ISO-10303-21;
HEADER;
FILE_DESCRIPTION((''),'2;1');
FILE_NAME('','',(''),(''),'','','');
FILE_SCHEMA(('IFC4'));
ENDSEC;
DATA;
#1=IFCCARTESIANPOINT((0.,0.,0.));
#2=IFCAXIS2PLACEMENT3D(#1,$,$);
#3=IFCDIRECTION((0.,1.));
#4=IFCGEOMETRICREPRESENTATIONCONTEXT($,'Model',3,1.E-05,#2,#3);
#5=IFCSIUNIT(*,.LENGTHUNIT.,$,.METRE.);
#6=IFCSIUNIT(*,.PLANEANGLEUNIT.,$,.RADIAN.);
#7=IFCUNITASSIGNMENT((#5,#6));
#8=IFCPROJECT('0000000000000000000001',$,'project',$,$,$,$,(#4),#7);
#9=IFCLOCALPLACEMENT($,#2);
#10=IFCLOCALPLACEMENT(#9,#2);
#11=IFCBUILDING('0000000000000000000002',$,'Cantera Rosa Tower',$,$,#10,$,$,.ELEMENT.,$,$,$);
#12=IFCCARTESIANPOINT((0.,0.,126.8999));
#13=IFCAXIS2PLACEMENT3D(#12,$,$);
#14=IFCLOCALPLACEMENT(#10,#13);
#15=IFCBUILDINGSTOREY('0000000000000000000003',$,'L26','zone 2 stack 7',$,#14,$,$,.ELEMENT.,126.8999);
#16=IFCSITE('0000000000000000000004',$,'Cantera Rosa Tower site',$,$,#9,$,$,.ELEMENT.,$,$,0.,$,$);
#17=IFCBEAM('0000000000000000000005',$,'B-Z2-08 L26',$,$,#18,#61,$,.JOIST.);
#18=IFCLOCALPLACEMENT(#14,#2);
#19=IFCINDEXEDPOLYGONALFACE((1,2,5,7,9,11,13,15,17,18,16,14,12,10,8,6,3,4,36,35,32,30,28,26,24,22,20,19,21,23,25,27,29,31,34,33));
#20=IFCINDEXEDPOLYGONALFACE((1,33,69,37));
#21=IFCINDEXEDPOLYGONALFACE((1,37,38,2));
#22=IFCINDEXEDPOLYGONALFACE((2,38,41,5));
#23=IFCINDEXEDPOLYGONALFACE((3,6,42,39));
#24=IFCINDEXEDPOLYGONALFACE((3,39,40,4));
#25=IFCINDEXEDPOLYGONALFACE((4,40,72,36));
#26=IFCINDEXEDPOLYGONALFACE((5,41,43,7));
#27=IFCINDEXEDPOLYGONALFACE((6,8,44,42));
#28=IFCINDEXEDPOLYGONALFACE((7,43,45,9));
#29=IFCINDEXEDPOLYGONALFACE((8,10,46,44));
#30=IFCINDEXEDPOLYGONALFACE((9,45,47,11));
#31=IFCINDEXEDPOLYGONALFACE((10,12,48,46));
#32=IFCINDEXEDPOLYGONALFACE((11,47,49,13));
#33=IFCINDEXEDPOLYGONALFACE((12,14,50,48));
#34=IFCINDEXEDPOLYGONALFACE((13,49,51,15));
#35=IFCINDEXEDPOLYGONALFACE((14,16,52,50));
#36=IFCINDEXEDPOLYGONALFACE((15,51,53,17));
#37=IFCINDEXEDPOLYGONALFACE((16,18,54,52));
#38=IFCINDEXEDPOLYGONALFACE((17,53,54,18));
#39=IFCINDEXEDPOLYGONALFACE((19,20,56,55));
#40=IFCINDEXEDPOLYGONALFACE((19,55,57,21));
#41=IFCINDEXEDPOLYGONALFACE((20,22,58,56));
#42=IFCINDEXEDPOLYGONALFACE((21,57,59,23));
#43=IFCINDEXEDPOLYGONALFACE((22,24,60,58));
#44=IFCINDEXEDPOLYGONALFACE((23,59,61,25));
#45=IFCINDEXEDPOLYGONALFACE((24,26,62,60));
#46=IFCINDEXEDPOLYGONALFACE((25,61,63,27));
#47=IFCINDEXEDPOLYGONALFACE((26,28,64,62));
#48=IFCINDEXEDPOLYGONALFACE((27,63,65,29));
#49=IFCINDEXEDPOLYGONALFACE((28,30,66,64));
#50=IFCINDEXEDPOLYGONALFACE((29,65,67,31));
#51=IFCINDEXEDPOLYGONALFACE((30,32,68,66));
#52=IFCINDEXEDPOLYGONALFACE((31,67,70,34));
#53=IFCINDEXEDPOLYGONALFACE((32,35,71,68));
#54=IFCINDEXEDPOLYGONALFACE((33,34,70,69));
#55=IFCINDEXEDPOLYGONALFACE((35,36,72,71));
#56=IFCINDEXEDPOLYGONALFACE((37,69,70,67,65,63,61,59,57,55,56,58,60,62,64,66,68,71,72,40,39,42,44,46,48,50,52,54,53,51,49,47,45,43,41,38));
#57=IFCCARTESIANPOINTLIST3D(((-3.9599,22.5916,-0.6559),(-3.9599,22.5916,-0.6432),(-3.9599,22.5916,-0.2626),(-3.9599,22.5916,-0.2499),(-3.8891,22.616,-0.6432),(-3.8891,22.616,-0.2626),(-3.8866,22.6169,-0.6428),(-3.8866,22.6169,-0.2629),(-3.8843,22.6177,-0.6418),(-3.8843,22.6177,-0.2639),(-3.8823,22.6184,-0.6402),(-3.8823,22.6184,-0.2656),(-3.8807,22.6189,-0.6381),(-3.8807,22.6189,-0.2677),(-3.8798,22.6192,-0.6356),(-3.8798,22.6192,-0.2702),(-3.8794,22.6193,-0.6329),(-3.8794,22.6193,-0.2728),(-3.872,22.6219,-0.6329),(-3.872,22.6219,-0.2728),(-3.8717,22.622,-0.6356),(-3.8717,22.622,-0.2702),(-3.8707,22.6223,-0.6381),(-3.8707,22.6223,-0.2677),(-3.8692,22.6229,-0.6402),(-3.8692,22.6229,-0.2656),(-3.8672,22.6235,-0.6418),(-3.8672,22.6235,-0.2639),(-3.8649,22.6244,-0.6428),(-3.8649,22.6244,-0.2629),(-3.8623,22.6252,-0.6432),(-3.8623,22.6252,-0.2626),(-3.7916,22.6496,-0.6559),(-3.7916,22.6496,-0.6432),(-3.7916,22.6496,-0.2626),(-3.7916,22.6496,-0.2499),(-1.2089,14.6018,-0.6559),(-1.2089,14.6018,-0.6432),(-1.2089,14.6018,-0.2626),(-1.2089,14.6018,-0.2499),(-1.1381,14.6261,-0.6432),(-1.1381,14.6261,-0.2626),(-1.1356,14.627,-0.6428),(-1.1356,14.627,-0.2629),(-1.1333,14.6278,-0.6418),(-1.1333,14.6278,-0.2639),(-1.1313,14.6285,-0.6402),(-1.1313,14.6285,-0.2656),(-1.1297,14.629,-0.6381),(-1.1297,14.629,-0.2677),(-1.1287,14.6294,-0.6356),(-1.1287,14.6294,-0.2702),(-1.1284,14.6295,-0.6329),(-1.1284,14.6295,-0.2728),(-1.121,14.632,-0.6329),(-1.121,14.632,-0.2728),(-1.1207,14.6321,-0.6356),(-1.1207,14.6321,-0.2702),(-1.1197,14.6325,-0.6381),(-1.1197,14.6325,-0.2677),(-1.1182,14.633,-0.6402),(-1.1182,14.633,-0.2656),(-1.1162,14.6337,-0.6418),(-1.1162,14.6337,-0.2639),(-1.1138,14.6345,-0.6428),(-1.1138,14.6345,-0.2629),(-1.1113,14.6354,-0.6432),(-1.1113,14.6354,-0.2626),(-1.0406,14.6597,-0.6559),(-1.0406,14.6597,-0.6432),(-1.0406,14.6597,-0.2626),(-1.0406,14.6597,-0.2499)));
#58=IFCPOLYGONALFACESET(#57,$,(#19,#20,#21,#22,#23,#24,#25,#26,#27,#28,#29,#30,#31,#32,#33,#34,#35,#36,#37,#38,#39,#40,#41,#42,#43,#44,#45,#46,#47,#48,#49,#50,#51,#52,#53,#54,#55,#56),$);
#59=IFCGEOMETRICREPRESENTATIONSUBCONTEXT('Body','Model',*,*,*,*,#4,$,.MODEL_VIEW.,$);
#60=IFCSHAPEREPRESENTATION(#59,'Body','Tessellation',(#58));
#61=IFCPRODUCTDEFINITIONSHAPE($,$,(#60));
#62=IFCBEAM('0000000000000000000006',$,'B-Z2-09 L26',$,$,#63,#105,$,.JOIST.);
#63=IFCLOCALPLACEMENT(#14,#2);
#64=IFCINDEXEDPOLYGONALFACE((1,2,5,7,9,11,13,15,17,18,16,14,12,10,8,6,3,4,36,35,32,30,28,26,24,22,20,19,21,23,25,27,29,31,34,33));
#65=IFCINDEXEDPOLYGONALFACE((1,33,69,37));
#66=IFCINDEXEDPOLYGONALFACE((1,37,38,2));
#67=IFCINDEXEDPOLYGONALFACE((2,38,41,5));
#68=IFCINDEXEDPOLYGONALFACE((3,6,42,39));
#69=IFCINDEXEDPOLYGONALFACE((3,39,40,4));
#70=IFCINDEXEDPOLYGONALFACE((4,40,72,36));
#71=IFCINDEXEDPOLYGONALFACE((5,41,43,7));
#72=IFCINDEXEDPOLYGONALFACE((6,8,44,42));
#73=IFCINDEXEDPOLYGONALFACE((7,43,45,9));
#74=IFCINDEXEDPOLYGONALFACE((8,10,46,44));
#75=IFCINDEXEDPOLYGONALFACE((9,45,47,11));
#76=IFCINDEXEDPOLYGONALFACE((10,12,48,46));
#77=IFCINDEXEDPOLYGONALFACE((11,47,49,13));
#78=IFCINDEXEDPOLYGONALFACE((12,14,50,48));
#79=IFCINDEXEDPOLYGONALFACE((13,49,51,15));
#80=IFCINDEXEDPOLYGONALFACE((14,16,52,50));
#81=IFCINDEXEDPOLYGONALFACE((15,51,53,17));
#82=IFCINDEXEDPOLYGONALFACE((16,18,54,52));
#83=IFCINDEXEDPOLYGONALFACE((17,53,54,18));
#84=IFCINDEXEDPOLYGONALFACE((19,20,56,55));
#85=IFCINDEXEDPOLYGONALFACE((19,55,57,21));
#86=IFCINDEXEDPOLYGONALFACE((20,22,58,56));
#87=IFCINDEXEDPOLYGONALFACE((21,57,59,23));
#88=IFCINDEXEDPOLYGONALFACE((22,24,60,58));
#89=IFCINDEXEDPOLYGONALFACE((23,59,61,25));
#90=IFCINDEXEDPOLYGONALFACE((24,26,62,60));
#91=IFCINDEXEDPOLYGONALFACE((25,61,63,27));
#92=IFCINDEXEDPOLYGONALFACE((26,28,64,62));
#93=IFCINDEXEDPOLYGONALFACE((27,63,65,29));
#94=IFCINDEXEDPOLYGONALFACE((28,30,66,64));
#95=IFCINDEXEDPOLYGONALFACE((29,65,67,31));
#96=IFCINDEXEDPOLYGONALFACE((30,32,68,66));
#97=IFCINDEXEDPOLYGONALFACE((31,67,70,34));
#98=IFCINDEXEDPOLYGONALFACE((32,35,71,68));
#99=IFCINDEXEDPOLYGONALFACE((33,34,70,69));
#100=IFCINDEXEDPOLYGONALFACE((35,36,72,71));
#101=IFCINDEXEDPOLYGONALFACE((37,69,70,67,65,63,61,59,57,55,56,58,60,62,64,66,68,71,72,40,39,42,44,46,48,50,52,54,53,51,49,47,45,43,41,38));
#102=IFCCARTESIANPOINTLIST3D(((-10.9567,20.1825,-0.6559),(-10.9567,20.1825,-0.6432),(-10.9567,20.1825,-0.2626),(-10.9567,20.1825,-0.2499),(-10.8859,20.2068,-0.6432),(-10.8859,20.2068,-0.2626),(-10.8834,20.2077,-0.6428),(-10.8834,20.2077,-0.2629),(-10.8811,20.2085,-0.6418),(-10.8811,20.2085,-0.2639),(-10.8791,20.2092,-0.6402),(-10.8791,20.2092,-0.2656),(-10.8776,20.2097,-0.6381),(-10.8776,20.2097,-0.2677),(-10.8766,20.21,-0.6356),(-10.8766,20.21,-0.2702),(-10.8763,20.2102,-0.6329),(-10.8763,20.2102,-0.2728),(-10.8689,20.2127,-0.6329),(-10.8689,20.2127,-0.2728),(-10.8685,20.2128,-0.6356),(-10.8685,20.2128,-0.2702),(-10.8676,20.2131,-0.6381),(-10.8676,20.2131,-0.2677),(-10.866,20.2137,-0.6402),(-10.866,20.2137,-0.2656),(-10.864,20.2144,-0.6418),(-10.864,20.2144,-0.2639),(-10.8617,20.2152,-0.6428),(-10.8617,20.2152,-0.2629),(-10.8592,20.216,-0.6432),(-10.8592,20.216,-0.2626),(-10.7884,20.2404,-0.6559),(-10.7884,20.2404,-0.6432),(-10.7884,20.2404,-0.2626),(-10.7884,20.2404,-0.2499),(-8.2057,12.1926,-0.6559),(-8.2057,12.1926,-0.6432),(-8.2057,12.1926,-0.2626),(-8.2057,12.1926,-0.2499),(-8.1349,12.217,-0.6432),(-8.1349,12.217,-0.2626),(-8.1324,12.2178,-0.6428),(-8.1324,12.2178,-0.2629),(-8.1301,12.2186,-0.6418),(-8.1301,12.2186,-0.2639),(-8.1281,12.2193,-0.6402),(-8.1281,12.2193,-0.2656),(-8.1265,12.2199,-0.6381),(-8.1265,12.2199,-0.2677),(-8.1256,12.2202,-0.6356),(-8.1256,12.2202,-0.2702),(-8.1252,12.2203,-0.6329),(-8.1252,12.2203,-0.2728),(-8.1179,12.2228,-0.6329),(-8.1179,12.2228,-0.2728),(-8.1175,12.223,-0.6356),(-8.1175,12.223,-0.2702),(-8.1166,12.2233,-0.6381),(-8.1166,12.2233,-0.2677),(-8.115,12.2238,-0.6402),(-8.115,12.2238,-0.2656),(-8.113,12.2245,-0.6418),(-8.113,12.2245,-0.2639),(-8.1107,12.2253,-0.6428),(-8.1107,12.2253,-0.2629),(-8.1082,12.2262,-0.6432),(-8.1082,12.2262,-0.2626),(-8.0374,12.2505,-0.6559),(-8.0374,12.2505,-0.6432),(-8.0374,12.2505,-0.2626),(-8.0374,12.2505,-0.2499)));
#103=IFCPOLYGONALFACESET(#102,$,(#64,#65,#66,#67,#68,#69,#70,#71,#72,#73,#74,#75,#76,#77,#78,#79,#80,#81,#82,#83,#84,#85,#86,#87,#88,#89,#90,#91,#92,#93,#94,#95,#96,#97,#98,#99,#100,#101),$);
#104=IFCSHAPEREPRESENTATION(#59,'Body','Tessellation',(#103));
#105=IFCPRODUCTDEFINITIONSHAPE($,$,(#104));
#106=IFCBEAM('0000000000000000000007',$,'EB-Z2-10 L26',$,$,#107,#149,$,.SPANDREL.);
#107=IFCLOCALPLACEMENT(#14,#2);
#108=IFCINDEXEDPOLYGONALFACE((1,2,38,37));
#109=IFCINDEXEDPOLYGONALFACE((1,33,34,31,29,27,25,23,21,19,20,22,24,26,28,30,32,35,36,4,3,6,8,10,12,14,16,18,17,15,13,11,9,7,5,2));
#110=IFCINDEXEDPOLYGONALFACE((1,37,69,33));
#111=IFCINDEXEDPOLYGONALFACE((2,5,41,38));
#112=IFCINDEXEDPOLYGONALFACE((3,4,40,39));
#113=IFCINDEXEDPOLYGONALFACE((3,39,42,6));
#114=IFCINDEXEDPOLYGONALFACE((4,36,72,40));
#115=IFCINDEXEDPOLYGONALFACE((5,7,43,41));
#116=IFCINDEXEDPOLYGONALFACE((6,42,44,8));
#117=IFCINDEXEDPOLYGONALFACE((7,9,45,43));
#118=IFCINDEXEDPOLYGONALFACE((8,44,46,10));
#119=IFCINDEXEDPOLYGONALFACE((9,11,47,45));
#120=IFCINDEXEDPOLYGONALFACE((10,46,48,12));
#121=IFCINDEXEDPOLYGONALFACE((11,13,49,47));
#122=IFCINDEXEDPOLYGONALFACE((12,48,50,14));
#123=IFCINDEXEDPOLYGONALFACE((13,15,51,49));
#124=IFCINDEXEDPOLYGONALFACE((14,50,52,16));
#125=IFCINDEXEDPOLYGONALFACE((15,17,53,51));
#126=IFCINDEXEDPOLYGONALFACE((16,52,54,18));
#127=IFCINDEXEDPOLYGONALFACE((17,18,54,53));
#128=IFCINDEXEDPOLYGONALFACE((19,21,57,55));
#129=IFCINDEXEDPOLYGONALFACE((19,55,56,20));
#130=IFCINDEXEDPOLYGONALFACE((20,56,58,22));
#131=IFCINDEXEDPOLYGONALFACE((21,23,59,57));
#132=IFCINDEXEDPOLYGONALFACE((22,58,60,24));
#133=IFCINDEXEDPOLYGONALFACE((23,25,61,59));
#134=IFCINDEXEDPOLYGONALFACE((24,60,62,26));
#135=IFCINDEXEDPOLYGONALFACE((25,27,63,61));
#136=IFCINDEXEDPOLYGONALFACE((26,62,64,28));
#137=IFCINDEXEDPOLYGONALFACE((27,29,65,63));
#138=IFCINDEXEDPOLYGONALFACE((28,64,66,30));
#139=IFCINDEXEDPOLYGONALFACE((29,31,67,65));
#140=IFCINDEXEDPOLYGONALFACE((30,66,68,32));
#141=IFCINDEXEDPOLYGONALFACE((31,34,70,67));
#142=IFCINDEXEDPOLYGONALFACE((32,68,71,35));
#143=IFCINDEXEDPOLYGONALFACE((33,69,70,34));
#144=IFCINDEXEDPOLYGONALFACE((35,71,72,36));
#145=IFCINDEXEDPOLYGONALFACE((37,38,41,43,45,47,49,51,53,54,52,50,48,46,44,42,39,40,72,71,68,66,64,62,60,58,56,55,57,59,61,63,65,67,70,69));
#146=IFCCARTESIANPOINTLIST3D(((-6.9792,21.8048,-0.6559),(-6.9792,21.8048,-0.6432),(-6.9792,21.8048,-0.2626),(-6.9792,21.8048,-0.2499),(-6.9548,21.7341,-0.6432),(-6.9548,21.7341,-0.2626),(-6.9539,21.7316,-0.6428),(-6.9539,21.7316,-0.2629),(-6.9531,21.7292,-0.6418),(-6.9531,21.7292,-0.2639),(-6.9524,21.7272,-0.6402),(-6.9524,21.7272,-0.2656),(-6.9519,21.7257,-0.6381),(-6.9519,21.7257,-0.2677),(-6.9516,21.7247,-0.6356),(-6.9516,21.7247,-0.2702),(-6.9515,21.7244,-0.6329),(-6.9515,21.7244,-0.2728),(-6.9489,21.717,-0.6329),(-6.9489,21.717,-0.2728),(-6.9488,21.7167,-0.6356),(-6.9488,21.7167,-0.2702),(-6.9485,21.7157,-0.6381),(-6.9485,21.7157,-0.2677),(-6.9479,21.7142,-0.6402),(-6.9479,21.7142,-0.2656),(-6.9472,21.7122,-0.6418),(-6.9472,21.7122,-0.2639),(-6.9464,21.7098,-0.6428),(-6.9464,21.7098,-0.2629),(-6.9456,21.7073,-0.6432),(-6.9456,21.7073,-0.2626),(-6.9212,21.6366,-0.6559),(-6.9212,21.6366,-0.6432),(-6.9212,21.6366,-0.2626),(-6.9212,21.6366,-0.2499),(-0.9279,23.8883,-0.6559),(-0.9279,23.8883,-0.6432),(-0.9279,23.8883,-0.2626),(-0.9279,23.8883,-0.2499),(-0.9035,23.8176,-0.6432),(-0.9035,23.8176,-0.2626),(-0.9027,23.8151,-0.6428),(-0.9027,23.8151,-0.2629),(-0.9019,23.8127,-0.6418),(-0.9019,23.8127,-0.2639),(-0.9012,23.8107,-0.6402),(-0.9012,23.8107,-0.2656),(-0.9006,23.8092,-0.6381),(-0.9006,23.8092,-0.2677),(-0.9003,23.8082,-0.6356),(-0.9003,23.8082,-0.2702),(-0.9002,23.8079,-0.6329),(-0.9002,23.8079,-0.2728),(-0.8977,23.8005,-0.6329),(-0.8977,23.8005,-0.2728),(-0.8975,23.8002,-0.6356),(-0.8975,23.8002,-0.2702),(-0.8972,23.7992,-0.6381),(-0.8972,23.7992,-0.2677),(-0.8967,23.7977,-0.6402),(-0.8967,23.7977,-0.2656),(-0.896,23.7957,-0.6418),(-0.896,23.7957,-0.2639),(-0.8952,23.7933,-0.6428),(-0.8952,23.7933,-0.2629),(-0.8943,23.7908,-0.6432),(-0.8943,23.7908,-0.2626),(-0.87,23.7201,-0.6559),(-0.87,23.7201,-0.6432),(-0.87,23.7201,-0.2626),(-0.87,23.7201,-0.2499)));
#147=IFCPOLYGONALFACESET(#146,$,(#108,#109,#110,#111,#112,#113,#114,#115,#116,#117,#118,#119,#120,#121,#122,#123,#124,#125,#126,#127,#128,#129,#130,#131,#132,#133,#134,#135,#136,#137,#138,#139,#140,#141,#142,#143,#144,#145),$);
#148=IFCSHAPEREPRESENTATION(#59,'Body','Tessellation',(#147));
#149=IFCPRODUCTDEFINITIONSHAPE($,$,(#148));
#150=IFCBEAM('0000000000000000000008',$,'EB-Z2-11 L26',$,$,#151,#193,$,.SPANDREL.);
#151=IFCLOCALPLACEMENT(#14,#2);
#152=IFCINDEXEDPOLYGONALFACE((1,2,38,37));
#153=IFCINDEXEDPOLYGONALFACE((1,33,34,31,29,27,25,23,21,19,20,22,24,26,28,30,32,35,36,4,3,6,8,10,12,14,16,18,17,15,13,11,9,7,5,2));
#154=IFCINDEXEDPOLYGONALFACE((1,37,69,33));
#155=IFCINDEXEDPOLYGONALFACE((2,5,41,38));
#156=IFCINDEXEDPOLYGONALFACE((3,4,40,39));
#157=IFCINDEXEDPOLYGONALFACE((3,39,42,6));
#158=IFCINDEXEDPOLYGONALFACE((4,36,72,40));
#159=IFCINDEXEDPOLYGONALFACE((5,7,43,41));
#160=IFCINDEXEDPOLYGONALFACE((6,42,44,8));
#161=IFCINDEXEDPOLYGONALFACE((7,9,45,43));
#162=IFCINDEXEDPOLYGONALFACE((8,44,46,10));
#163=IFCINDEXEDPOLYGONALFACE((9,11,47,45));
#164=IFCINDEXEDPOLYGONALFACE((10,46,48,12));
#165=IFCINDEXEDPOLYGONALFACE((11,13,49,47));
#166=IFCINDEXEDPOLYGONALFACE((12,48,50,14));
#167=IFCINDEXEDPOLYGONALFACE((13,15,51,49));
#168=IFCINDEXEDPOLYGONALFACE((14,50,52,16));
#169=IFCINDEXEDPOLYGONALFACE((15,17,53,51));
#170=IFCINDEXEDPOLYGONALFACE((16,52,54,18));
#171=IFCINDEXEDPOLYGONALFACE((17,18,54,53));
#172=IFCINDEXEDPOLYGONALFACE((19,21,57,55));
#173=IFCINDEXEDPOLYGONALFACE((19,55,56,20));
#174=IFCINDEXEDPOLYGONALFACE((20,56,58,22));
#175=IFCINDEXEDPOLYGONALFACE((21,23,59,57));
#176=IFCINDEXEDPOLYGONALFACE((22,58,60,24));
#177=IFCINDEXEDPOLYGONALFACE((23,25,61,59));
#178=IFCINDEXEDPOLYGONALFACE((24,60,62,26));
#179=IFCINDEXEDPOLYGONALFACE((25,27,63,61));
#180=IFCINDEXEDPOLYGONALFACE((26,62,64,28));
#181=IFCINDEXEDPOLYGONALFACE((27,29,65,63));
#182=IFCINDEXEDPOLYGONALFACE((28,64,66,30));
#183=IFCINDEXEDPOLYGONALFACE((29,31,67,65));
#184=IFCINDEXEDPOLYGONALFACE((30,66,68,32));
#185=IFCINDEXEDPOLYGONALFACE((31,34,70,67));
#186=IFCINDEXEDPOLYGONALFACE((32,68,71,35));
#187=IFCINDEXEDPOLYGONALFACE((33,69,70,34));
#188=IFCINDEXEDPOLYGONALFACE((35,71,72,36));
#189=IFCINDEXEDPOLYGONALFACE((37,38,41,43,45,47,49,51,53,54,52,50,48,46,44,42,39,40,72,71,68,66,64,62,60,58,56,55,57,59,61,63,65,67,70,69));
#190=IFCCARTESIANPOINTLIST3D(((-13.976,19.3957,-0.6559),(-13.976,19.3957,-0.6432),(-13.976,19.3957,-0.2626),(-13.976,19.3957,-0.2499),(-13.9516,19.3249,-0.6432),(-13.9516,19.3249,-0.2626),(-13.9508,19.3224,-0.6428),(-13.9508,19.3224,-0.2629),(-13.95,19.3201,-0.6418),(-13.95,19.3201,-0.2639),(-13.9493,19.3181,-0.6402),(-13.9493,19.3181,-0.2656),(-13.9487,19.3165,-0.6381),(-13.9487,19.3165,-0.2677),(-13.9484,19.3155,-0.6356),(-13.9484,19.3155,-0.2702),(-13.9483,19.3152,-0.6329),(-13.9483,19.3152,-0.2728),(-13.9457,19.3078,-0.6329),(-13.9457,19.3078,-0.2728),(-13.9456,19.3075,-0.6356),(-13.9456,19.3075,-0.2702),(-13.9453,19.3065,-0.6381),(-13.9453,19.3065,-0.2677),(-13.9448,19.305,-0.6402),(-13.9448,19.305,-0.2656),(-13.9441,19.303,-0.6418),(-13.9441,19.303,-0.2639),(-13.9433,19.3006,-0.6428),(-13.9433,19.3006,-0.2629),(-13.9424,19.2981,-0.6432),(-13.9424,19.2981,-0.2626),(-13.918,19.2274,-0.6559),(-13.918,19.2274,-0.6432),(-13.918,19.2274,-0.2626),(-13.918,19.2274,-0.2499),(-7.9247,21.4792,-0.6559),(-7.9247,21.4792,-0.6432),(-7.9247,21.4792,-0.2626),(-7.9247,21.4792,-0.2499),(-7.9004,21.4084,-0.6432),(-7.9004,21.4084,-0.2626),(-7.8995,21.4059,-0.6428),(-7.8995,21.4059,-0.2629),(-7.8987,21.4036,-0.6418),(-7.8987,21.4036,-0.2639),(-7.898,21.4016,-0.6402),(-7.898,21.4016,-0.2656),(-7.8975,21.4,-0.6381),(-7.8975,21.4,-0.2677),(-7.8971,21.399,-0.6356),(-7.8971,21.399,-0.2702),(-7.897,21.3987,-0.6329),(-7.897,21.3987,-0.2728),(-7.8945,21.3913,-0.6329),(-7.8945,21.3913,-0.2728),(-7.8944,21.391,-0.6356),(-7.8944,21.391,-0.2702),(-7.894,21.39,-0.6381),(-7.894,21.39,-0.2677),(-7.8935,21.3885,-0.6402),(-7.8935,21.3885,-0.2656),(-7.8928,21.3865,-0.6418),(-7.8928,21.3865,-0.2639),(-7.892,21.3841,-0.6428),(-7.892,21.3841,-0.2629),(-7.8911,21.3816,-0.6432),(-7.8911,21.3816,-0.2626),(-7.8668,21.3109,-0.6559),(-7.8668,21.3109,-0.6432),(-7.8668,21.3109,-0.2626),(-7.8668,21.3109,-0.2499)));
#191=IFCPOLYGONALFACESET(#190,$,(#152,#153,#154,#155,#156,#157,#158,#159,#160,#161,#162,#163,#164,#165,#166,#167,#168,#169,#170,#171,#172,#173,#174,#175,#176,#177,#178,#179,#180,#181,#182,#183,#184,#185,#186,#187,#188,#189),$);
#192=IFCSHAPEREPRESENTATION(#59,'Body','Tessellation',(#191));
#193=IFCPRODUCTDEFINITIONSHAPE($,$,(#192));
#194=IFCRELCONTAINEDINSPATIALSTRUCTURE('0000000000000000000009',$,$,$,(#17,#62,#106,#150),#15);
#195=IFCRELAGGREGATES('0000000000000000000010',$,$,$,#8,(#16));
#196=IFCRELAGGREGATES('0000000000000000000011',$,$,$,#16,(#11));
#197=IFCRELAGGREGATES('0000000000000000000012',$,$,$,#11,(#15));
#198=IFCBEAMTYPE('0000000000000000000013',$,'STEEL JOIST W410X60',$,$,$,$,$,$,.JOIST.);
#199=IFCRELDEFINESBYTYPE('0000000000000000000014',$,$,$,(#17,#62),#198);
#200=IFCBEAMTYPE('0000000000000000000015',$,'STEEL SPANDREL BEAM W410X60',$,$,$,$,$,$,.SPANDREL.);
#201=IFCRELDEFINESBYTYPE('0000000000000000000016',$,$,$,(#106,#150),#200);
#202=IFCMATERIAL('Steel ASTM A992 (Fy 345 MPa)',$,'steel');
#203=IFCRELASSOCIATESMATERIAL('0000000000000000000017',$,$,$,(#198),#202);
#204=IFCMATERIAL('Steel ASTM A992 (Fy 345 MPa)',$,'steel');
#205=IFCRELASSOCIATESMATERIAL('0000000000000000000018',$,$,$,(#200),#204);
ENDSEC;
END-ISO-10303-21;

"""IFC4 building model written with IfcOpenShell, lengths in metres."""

from ifc_helpers import new_model, si_unit, direction, frame, origin, origin_2d, place, context, subcontext, project, spatial, i_section, extrude, material, material_profile, profile_set, type_object, element, save


model = new_model("IFC4")

# Units and contexts
model_context = context("Model", 3, precision=1e-05, world=origin(), true_north=direction((0.0, 1.0)))
body_context = subcontext(model_context, "Body", "Model", "MODEL_VIEW")
ifc_project = project(units=[si_unit("LENGTHUNIT", "METRE"), si_unit("PLANEANGLEUNIT", "RADIAN")], contexts=[model_context])

# Site, building, storey
site_placement = place(None, origin())
site = spatial("IfcSite", under=ifc_project, at=site_placement, Name="Cantera Rosa Tower site", CompositionType="ELEMENT", RefElevation=0.0)
building_placement = place(site_placement, origin())
building = spatial("IfcBuilding", under=site, at=building_placement, Name="Cantera Rosa Tower", CompositionType="ELEMENT")
storey_placement = place(building_placement, frame((0.0, 0.0, 126.8999)))
storey = spatial("IfcBuildingStorey", under=building, at=storey_placement, Name="L26", Description="zone 2 stack 7", CompositionType="ELEMENT", Elevation=126.8999)

# Beams
ifc_material_1 = material(Name="Steel ASTM A992 (Fy 345 MPa)", Category="steel")
ifc_material_profile_1 = material_profile(ifc_material_1, i_section(OverallWidth=0.178, OverallDepth=0.406, WebThickness=0.0078, FlangeThickness=0.0127, FilletRadius=0.0103, at=origin_2d()), Name="W410X60")
ifc_profile_set_1 = profile_set([ifc_material_profile_1], Name="Steel ASTM A992 (Fy 345 MPa)")
beam_type_1 = type_object("IfcBeamType", Name="STEEL JOIST W410X60", PredefinedType="JOIST", material=ifc_profile_set_1)
for number, where, z_axis, x_axis, name in (
    (1, (-3.8757, 22.6206, -0.4529), (0.325556, -0.945523, 0.0), (0.945523, 0.325556, 0.0), "B-Z2-08 L26"),
    (2, (-10.8726, 20.2114, -0.4529), (0.325556, -0.945523, 0.0), (0.945523, 0.325556, 0.0), "B-Z2-09 L26"),
):
    element("IfcBeam", number, at=place(storey_placement, frame(where, z_axis=z_axis, x_axis=x_axis)), inside=storey, type_object=beam_type_1, Name=name, PredefinedType="JOIST", context=body_context, shape_type="SweptSolid", body=[
        extrude(i_section(OverallWidth=0.178, OverallDepth=0.406, WebThickness=0.0078, FlangeThickness=0.0127, FilletRadius=0.0103, at=origin_2d()), origin(), (0.0, 0.0, 1.0), 8.4502),
    ])
ifc_material_2 = material(Name="Steel ASTM A992 (Fy 345 MPa)", Category="steel")
ifc_material_profile_2 = material_profile(ifc_material_2, i_section(OverallWidth=0.178, OverallDepth=0.406, WebThickness=0.0078, FlangeThickness=0.0127, FilletRadius=0.0103, at=origin_2d()), Name="W410X60")
ifc_profile_set_2 = profile_set([ifc_material_profile_2], Name="Steel ASTM A992 (Fy 345 MPa)")
beam_type_2 = type_object("IfcBeamType", Name="STEEL SPANDREL BEAM W410X60", PredefinedType="SPANDREL", material=ifc_profile_set_2)
for number, where, z_axis, x_axis, name in (
    (3, (-0.8989, 23.8042, -0.4529), (-0.945524, -0.325551, 0.0), (0.325551, -0.945524, 0.0), "EB-Z2-10 L26"),
    (4, (-7.8958, 21.395, -0.4529), (-0.945524, -0.325551, 0.0), (0.325551, -0.945524, 0.0), "EB-Z2-11 L26"),
):
    element("IfcBeam", number, at=place(storey_placement, frame(where, z_axis=z_axis, x_axis=x_axis)), inside=storey, type_object=beam_type_2, Name=name, PredefinedType="SPANDREL", context=body_context, shape_type="SweptSolid", body=[
        extrude(i_section(OverallWidth=0.178, OverallDepth=0.406, WebThickness=0.0078, FlangeThickness=0.0127, FilletRadius=0.0103, at=origin_2d()), origin(), (0.0, 0.0, 1.0), 6.3999),
    ])

save(model, "model.ifc")
